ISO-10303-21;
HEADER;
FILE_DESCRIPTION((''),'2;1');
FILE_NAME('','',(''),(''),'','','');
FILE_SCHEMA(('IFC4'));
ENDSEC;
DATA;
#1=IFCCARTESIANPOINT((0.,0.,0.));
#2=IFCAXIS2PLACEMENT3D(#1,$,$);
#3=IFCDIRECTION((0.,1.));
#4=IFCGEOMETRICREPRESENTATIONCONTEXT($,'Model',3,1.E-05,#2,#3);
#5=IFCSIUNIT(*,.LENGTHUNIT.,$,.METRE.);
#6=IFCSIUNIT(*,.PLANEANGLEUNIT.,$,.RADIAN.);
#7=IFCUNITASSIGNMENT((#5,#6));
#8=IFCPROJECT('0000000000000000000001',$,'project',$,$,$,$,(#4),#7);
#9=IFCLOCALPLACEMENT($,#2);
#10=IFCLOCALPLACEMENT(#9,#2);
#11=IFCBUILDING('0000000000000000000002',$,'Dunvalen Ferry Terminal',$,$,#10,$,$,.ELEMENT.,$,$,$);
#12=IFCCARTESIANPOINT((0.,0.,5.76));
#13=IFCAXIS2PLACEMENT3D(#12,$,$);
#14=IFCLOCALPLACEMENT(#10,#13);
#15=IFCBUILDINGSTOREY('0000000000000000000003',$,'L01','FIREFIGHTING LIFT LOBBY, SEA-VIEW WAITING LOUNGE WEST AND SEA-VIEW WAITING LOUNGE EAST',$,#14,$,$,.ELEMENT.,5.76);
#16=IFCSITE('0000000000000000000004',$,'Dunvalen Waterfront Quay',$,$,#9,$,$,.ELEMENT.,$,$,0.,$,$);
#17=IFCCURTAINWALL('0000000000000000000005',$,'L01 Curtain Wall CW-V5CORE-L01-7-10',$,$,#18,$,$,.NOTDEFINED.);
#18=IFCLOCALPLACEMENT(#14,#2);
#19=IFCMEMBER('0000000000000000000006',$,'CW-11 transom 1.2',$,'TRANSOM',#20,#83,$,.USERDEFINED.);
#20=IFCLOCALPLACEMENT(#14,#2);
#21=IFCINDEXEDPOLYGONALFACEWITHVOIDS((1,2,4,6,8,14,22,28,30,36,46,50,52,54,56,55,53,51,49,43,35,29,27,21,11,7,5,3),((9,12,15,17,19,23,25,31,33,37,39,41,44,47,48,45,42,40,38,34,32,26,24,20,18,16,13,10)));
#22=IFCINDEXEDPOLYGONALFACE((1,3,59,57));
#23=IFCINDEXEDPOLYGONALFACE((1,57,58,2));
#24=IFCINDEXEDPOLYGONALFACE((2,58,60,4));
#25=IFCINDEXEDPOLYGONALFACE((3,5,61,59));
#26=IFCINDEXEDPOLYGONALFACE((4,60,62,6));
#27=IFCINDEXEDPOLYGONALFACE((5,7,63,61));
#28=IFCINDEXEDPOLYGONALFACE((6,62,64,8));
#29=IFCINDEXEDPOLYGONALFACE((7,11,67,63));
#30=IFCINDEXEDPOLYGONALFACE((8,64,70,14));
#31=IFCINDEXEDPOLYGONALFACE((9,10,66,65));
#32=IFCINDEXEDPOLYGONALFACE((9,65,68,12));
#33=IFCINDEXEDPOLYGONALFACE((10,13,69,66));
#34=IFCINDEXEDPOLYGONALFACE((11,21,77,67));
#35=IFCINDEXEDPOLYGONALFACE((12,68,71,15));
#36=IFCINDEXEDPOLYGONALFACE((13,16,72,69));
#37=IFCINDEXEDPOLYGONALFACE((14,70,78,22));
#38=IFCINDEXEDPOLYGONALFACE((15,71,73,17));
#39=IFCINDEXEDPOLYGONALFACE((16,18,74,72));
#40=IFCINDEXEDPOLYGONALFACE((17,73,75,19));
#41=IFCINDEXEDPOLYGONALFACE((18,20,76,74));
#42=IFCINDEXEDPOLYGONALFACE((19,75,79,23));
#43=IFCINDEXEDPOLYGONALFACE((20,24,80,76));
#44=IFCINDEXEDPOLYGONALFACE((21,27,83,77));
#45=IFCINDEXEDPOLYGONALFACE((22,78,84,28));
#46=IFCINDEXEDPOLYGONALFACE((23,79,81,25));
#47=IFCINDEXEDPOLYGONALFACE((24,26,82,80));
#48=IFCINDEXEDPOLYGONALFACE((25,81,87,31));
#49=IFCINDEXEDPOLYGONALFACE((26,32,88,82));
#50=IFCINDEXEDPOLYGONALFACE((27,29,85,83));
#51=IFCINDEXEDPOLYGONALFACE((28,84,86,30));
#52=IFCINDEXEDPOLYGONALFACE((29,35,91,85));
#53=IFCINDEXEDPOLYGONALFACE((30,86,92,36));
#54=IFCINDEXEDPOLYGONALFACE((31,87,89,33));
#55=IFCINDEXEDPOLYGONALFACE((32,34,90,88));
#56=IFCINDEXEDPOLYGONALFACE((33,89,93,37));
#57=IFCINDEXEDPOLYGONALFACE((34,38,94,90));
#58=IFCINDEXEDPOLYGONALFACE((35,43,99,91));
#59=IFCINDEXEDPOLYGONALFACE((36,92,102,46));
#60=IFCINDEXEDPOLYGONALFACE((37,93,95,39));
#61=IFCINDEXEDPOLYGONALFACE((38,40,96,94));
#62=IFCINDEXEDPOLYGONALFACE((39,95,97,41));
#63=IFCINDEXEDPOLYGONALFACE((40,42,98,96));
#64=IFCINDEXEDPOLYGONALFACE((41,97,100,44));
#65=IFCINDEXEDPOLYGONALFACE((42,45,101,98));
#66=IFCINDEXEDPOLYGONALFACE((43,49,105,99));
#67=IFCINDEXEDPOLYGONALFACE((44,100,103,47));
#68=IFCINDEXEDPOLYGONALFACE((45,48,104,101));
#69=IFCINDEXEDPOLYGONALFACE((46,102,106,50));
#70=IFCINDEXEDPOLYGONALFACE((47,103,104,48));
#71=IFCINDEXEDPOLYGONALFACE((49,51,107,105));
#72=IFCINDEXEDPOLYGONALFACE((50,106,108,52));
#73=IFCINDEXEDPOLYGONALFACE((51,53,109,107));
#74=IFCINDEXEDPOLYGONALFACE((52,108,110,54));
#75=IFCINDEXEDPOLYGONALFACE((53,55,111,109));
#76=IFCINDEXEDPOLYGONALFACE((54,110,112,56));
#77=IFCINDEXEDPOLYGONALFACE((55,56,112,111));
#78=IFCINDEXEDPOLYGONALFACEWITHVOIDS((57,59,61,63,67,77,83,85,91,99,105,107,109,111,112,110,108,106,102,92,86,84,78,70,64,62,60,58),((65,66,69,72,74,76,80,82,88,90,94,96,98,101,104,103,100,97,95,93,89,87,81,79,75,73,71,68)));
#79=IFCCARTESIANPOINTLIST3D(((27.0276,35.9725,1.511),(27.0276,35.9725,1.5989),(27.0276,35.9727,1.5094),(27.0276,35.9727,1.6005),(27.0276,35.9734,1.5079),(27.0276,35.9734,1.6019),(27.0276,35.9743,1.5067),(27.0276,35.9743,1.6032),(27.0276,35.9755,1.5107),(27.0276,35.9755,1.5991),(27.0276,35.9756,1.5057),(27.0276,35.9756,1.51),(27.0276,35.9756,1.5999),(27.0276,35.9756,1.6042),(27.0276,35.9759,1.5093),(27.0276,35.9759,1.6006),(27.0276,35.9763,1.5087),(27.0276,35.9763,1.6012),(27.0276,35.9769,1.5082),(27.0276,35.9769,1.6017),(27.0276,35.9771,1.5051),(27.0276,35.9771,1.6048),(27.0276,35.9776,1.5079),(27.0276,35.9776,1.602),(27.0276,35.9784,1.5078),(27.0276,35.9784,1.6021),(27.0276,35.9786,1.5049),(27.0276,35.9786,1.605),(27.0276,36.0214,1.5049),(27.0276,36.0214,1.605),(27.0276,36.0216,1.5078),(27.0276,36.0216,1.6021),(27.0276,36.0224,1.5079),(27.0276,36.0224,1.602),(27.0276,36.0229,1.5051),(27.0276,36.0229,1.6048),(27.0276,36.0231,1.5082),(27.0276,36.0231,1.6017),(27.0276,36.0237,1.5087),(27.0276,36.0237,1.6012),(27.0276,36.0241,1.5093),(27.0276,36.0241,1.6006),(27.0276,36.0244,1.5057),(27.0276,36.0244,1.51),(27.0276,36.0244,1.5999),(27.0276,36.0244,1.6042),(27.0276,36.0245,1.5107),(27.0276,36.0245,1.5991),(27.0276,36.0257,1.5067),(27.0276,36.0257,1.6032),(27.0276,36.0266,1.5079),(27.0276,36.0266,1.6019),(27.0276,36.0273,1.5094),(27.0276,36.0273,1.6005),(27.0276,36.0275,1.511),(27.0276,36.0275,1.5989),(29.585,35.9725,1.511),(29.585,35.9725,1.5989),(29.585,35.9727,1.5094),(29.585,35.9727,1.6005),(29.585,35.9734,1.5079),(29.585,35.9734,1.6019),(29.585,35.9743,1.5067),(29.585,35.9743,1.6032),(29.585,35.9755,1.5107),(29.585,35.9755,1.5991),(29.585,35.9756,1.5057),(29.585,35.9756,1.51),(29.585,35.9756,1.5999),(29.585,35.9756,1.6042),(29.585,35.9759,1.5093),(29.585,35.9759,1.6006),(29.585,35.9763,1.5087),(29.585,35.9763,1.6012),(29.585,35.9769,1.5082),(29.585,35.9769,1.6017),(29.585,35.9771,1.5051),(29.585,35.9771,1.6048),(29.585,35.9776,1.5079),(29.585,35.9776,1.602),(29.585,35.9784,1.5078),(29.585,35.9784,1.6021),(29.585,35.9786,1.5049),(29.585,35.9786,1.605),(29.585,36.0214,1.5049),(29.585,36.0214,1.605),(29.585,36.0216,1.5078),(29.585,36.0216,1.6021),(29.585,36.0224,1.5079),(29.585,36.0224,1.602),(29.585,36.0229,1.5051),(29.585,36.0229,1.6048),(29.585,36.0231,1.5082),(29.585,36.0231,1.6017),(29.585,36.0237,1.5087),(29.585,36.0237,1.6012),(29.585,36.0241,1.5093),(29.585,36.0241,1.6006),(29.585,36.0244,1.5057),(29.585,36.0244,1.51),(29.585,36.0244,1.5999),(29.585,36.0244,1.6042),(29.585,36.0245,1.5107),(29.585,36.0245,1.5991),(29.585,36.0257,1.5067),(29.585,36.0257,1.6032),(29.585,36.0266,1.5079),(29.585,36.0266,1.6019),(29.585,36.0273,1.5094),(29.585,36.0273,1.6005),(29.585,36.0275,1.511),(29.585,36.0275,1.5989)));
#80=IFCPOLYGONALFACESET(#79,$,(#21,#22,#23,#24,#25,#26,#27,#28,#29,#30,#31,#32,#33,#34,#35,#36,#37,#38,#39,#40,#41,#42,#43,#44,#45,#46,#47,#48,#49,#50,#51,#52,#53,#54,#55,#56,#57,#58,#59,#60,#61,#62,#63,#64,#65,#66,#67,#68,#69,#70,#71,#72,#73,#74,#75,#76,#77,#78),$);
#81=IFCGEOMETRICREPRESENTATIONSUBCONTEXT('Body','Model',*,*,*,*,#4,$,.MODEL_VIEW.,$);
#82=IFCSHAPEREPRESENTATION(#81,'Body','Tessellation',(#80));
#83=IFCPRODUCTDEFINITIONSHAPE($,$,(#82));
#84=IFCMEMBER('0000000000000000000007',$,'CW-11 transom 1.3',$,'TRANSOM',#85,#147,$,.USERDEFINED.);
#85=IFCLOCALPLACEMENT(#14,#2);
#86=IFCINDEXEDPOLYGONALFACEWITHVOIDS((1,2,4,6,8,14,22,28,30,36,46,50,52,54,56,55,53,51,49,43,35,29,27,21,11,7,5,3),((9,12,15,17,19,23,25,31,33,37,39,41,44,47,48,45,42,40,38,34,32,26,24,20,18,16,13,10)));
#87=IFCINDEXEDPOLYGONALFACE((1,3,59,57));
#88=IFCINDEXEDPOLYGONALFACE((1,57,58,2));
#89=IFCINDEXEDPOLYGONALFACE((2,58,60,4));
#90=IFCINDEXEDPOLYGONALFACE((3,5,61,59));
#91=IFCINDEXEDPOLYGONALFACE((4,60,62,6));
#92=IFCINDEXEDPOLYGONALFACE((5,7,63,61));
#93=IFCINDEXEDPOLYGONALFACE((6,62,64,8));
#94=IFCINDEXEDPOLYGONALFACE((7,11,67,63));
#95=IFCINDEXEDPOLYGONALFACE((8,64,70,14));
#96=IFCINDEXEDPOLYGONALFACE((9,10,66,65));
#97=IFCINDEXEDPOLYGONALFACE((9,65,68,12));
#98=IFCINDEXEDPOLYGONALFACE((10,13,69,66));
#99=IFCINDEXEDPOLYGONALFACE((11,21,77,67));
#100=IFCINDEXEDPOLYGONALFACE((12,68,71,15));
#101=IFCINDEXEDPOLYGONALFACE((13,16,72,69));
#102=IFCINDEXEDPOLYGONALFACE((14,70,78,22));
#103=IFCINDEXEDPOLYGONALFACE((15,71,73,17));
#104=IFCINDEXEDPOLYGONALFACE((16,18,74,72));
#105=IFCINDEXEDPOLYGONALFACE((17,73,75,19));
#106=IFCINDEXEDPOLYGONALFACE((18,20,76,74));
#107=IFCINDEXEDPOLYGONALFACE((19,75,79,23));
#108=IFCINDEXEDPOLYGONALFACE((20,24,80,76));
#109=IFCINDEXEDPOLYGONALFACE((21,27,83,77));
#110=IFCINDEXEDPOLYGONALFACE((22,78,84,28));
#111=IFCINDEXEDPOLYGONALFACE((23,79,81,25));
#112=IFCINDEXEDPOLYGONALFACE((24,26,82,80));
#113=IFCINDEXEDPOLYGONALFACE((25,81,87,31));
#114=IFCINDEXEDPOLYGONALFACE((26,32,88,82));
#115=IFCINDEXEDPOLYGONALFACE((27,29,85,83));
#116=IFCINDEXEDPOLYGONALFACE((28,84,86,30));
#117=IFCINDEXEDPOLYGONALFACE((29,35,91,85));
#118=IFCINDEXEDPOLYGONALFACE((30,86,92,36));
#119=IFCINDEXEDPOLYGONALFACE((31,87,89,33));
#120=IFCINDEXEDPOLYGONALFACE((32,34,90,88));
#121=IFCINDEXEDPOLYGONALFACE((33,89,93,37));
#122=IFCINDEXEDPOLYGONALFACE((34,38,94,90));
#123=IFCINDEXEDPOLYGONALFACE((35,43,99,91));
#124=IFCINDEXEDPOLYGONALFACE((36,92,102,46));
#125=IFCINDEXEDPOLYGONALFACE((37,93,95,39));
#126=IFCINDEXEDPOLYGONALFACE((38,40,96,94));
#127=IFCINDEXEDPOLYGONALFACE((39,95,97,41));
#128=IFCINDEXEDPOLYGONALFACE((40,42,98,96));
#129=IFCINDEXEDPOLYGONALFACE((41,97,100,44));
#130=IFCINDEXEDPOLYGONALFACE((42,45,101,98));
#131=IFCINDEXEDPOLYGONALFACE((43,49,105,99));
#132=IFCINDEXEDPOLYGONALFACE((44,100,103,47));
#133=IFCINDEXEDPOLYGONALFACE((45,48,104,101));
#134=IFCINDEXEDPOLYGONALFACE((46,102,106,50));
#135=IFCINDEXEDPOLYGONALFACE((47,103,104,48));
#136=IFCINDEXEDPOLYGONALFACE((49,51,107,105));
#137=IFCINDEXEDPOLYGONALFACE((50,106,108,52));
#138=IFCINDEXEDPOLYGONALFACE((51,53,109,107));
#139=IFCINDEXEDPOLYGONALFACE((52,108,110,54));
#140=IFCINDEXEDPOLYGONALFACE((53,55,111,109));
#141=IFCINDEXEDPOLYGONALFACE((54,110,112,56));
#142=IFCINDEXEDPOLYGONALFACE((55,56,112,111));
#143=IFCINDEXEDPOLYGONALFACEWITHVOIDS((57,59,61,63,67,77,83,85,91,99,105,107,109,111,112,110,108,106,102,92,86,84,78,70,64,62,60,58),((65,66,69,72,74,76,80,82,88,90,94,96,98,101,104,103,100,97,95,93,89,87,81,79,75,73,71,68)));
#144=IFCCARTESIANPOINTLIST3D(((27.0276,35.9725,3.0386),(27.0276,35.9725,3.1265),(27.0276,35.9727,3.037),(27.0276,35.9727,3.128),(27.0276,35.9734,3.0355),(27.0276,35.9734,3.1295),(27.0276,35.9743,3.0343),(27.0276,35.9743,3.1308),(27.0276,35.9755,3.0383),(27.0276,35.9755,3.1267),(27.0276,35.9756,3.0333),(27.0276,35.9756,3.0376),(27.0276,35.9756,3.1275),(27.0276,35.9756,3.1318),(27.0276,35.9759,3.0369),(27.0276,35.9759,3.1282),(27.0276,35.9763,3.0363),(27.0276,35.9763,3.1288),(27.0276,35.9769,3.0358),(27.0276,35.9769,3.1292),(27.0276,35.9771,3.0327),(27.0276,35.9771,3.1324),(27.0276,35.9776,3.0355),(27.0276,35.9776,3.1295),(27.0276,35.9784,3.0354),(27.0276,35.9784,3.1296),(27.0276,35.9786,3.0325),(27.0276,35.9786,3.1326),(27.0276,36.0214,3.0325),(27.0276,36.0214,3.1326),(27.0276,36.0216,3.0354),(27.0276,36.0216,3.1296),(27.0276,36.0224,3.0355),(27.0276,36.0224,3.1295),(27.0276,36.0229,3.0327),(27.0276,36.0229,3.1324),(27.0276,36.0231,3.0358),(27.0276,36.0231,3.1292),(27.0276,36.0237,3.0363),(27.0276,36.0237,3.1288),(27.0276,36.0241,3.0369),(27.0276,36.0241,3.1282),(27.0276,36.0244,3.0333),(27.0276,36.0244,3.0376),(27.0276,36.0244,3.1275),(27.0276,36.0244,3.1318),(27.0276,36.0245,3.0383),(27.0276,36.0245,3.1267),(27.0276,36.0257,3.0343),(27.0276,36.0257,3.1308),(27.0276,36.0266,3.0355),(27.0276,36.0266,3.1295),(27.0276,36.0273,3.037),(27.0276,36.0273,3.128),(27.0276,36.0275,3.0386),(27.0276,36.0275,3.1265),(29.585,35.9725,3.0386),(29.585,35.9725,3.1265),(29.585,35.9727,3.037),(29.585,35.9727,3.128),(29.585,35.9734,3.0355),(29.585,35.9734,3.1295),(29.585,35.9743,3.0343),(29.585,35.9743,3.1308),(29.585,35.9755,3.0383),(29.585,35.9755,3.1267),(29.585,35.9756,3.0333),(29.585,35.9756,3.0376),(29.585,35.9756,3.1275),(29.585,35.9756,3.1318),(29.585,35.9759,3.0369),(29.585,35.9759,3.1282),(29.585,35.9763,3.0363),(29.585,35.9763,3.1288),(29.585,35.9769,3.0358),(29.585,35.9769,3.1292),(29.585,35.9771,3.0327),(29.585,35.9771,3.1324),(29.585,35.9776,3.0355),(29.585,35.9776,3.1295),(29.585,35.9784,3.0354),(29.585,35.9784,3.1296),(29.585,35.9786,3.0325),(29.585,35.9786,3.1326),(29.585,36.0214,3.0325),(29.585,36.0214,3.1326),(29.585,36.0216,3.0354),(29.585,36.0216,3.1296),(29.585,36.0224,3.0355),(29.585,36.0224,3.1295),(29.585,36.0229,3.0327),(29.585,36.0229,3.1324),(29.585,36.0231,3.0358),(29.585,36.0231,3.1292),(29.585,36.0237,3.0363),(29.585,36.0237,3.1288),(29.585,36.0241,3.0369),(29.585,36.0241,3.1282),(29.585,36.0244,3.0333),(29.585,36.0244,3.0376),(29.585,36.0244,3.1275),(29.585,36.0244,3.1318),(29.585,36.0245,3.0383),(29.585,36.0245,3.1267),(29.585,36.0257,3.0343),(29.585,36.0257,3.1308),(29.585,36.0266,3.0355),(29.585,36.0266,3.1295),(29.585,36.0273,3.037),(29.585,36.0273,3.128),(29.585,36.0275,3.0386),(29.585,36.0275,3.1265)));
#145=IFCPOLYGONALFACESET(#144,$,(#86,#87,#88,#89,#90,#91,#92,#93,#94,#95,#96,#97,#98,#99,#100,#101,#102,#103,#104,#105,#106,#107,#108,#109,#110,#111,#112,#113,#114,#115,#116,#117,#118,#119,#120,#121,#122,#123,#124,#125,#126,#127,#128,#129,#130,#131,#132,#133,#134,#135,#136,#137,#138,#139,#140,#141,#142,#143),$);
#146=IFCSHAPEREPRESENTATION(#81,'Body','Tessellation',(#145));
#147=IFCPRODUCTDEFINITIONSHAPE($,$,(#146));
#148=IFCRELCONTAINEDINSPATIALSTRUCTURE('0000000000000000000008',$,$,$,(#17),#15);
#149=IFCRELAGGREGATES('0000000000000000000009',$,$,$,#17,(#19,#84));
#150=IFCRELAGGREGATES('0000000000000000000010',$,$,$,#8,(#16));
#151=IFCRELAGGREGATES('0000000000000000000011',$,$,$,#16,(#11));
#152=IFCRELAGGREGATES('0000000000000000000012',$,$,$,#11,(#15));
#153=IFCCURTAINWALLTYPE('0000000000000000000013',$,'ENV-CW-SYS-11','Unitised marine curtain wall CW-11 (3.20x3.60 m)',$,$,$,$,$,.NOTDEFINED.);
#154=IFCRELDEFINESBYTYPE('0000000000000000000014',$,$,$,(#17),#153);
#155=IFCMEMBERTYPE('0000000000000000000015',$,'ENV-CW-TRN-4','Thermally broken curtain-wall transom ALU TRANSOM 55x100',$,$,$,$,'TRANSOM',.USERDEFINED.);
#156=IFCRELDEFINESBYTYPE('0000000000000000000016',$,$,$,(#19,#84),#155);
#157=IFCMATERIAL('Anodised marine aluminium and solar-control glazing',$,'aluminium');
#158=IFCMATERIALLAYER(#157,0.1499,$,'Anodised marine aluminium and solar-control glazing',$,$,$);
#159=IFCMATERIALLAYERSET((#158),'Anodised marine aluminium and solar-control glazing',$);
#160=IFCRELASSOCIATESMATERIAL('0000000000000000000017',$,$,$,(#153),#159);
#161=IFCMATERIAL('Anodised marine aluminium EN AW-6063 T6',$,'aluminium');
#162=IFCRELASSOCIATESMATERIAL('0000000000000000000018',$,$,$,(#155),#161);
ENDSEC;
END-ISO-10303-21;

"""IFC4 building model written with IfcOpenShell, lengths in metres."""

from ifc_helpers import new_model, si_unit, direction, frame, origin, origin_2d, place, context, subcontext, project, spatial, hollow_rectangle, extrude, material, layer, layer_set, material_profile, profile_set, type_object, element, aggregate, save


model = new_model("IFC4")

# Units and contexts
model_context = context("Model", 3, precision=1e-05, world=origin(), true_north=direction((0.0, 1.0)))
body_context = subcontext(model_context, "Body", "Model", "MODEL_VIEW")
ifc_project = project(units=[si_unit("LENGTHUNIT", "METRE"), si_unit("PLANEANGLEUNIT", "RADIAN")], contexts=[model_context])

# Site, building, storey
site_placement = place(None, origin())
site = spatial("IfcSite", under=ifc_project, at=site_placement, Name="Dunvalen Waterfront Quay", CompositionType="ELEMENT", RefElevation=0.0)
building_placement = place(site_placement, origin())
building = spatial("IfcBuilding", under=site, at=building_placement, Name="Dunvalen Ferry Terminal", CompositionType="ELEMENT")
storey_placement = place(building_placement, frame((0.0, 0.0, 5.76)))
storey = spatial("IfcBuildingStorey", under=building, at=storey_placement, Name="L01", Description="FIREFIGHTING LIFT LOBBY, SEA-VIEW WAITING LOUNGE WEST AND SEA-VIEW WAITING LOUNGE EAST", CompositionType="ELEMENT", Elevation=5.76)

# Curtain wall, members
ifc_material_1 = material(Name="Anodised marine aluminium and solar-control glazing", Category="aluminium")
ifc_layer_1 = layer(ifc_material_1, 0.1499, Name="Anodised marine aluminium and solar-control glazing")
ifc_layer_set_1 = layer_set([ifc_layer_1], Name="Anodised marine aluminium and solar-control glazing")
curtain_wall_type = type_object("IfcCurtainWallType", Name="ENV-CW-SYS-11", Description="Unitised marine curtain wall CW-11 (3.20x3.60 m)", PredefinedType="NOTDEFINED", material=ifc_layer_set_1)
curtain_wall_placement = place(storey_placement, origin())
curtain_wall = element("IfcCurtainWall", 1, at=curtain_wall_placement, inside=storey, type_object=curtain_wall_type, Name="L01 Curtain Wall CW-V5CORE-L01-7-10", PredefinedType="NOTDEFINED")
ifc_material_2 = material(Name="Anodised marine aluminium EN AW-6063 T6", Category="aluminium")
ifc_material_profile_1 = material_profile(ifc_material_2, hollow_rectangle(XDim=0.0549, YDim=0.1001, WallThickness=0.0029, InnerFilletRadius=0.0029, OuterFilletRadius=0.0061, at=origin_2d()), Name="Anodised marine aluminium EN AW-6063 T6")
ifc_profile_set_1 = profile_set([ifc_material_profile_1], Name="Anodised marine aluminium EN AW-6063 T6")
member_type_1 = type_object("IfcMemberType", Name="ENV-CW-TRN-4", Description="Thermally broken curtain-wall transom ALU TRANSOM 55x100", ElementType="TRANSOM", PredefinedType="USERDEFINED", material=ifc_profile_set_1)
member_1_placement = place(storey_placement, frame((29.585, 36.0, 1.5549), z_axis=(-1.0, 0.0, 0.0), x_axis=(0.0, -1.0, 0.0)))
member_1 = element("IfcMember", 2, at=member_1_placement, type_object=member_type_1, Name="CW-11 transom 1.2", ObjectType="TRANSOM", PredefinedType="USERDEFINED", context=body_context, shape_type="SweptSolid", body=[
    extrude(hollow_rectangle(XDim=0.0549, YDim=0.1001, WallThickness=0.0029, InnerFilletRadius=0.0029, OuterFilletRadius=0.0061, at=origin_2d()), origin(), (0.0, 0.0, 1.0), 2.5574),
])
member_2_placement = place(storey_placement, frame((29.585, 36.0, 3.0825), z_axis=(-1.0, 0.0, 0.0), x_axis=(0.0, -1.0, 0.0)))
member_2 = element("IfcMember", 3, at=member_2_placement, type_object=member_type_1, Name="CW-11 transom 1.3", ObjectType="TRANSOM", PredefinedType="USERDEFINED", context=body_context, shape_type="SweptSolid", body=[
    extrude(hollow_rectangle(XDim=0.0549, YDim=0.1001, WallThickness=0.0029, InnerFilletRadius=0.0029, OuterFilletRadius=0.0061, at=origin_2d()), origin(), (0.0, 0.0, 1.0), 2.5574),
])

aggregate(curtain_wall, [member_1, member_2])

save(model, "model.ifc")
